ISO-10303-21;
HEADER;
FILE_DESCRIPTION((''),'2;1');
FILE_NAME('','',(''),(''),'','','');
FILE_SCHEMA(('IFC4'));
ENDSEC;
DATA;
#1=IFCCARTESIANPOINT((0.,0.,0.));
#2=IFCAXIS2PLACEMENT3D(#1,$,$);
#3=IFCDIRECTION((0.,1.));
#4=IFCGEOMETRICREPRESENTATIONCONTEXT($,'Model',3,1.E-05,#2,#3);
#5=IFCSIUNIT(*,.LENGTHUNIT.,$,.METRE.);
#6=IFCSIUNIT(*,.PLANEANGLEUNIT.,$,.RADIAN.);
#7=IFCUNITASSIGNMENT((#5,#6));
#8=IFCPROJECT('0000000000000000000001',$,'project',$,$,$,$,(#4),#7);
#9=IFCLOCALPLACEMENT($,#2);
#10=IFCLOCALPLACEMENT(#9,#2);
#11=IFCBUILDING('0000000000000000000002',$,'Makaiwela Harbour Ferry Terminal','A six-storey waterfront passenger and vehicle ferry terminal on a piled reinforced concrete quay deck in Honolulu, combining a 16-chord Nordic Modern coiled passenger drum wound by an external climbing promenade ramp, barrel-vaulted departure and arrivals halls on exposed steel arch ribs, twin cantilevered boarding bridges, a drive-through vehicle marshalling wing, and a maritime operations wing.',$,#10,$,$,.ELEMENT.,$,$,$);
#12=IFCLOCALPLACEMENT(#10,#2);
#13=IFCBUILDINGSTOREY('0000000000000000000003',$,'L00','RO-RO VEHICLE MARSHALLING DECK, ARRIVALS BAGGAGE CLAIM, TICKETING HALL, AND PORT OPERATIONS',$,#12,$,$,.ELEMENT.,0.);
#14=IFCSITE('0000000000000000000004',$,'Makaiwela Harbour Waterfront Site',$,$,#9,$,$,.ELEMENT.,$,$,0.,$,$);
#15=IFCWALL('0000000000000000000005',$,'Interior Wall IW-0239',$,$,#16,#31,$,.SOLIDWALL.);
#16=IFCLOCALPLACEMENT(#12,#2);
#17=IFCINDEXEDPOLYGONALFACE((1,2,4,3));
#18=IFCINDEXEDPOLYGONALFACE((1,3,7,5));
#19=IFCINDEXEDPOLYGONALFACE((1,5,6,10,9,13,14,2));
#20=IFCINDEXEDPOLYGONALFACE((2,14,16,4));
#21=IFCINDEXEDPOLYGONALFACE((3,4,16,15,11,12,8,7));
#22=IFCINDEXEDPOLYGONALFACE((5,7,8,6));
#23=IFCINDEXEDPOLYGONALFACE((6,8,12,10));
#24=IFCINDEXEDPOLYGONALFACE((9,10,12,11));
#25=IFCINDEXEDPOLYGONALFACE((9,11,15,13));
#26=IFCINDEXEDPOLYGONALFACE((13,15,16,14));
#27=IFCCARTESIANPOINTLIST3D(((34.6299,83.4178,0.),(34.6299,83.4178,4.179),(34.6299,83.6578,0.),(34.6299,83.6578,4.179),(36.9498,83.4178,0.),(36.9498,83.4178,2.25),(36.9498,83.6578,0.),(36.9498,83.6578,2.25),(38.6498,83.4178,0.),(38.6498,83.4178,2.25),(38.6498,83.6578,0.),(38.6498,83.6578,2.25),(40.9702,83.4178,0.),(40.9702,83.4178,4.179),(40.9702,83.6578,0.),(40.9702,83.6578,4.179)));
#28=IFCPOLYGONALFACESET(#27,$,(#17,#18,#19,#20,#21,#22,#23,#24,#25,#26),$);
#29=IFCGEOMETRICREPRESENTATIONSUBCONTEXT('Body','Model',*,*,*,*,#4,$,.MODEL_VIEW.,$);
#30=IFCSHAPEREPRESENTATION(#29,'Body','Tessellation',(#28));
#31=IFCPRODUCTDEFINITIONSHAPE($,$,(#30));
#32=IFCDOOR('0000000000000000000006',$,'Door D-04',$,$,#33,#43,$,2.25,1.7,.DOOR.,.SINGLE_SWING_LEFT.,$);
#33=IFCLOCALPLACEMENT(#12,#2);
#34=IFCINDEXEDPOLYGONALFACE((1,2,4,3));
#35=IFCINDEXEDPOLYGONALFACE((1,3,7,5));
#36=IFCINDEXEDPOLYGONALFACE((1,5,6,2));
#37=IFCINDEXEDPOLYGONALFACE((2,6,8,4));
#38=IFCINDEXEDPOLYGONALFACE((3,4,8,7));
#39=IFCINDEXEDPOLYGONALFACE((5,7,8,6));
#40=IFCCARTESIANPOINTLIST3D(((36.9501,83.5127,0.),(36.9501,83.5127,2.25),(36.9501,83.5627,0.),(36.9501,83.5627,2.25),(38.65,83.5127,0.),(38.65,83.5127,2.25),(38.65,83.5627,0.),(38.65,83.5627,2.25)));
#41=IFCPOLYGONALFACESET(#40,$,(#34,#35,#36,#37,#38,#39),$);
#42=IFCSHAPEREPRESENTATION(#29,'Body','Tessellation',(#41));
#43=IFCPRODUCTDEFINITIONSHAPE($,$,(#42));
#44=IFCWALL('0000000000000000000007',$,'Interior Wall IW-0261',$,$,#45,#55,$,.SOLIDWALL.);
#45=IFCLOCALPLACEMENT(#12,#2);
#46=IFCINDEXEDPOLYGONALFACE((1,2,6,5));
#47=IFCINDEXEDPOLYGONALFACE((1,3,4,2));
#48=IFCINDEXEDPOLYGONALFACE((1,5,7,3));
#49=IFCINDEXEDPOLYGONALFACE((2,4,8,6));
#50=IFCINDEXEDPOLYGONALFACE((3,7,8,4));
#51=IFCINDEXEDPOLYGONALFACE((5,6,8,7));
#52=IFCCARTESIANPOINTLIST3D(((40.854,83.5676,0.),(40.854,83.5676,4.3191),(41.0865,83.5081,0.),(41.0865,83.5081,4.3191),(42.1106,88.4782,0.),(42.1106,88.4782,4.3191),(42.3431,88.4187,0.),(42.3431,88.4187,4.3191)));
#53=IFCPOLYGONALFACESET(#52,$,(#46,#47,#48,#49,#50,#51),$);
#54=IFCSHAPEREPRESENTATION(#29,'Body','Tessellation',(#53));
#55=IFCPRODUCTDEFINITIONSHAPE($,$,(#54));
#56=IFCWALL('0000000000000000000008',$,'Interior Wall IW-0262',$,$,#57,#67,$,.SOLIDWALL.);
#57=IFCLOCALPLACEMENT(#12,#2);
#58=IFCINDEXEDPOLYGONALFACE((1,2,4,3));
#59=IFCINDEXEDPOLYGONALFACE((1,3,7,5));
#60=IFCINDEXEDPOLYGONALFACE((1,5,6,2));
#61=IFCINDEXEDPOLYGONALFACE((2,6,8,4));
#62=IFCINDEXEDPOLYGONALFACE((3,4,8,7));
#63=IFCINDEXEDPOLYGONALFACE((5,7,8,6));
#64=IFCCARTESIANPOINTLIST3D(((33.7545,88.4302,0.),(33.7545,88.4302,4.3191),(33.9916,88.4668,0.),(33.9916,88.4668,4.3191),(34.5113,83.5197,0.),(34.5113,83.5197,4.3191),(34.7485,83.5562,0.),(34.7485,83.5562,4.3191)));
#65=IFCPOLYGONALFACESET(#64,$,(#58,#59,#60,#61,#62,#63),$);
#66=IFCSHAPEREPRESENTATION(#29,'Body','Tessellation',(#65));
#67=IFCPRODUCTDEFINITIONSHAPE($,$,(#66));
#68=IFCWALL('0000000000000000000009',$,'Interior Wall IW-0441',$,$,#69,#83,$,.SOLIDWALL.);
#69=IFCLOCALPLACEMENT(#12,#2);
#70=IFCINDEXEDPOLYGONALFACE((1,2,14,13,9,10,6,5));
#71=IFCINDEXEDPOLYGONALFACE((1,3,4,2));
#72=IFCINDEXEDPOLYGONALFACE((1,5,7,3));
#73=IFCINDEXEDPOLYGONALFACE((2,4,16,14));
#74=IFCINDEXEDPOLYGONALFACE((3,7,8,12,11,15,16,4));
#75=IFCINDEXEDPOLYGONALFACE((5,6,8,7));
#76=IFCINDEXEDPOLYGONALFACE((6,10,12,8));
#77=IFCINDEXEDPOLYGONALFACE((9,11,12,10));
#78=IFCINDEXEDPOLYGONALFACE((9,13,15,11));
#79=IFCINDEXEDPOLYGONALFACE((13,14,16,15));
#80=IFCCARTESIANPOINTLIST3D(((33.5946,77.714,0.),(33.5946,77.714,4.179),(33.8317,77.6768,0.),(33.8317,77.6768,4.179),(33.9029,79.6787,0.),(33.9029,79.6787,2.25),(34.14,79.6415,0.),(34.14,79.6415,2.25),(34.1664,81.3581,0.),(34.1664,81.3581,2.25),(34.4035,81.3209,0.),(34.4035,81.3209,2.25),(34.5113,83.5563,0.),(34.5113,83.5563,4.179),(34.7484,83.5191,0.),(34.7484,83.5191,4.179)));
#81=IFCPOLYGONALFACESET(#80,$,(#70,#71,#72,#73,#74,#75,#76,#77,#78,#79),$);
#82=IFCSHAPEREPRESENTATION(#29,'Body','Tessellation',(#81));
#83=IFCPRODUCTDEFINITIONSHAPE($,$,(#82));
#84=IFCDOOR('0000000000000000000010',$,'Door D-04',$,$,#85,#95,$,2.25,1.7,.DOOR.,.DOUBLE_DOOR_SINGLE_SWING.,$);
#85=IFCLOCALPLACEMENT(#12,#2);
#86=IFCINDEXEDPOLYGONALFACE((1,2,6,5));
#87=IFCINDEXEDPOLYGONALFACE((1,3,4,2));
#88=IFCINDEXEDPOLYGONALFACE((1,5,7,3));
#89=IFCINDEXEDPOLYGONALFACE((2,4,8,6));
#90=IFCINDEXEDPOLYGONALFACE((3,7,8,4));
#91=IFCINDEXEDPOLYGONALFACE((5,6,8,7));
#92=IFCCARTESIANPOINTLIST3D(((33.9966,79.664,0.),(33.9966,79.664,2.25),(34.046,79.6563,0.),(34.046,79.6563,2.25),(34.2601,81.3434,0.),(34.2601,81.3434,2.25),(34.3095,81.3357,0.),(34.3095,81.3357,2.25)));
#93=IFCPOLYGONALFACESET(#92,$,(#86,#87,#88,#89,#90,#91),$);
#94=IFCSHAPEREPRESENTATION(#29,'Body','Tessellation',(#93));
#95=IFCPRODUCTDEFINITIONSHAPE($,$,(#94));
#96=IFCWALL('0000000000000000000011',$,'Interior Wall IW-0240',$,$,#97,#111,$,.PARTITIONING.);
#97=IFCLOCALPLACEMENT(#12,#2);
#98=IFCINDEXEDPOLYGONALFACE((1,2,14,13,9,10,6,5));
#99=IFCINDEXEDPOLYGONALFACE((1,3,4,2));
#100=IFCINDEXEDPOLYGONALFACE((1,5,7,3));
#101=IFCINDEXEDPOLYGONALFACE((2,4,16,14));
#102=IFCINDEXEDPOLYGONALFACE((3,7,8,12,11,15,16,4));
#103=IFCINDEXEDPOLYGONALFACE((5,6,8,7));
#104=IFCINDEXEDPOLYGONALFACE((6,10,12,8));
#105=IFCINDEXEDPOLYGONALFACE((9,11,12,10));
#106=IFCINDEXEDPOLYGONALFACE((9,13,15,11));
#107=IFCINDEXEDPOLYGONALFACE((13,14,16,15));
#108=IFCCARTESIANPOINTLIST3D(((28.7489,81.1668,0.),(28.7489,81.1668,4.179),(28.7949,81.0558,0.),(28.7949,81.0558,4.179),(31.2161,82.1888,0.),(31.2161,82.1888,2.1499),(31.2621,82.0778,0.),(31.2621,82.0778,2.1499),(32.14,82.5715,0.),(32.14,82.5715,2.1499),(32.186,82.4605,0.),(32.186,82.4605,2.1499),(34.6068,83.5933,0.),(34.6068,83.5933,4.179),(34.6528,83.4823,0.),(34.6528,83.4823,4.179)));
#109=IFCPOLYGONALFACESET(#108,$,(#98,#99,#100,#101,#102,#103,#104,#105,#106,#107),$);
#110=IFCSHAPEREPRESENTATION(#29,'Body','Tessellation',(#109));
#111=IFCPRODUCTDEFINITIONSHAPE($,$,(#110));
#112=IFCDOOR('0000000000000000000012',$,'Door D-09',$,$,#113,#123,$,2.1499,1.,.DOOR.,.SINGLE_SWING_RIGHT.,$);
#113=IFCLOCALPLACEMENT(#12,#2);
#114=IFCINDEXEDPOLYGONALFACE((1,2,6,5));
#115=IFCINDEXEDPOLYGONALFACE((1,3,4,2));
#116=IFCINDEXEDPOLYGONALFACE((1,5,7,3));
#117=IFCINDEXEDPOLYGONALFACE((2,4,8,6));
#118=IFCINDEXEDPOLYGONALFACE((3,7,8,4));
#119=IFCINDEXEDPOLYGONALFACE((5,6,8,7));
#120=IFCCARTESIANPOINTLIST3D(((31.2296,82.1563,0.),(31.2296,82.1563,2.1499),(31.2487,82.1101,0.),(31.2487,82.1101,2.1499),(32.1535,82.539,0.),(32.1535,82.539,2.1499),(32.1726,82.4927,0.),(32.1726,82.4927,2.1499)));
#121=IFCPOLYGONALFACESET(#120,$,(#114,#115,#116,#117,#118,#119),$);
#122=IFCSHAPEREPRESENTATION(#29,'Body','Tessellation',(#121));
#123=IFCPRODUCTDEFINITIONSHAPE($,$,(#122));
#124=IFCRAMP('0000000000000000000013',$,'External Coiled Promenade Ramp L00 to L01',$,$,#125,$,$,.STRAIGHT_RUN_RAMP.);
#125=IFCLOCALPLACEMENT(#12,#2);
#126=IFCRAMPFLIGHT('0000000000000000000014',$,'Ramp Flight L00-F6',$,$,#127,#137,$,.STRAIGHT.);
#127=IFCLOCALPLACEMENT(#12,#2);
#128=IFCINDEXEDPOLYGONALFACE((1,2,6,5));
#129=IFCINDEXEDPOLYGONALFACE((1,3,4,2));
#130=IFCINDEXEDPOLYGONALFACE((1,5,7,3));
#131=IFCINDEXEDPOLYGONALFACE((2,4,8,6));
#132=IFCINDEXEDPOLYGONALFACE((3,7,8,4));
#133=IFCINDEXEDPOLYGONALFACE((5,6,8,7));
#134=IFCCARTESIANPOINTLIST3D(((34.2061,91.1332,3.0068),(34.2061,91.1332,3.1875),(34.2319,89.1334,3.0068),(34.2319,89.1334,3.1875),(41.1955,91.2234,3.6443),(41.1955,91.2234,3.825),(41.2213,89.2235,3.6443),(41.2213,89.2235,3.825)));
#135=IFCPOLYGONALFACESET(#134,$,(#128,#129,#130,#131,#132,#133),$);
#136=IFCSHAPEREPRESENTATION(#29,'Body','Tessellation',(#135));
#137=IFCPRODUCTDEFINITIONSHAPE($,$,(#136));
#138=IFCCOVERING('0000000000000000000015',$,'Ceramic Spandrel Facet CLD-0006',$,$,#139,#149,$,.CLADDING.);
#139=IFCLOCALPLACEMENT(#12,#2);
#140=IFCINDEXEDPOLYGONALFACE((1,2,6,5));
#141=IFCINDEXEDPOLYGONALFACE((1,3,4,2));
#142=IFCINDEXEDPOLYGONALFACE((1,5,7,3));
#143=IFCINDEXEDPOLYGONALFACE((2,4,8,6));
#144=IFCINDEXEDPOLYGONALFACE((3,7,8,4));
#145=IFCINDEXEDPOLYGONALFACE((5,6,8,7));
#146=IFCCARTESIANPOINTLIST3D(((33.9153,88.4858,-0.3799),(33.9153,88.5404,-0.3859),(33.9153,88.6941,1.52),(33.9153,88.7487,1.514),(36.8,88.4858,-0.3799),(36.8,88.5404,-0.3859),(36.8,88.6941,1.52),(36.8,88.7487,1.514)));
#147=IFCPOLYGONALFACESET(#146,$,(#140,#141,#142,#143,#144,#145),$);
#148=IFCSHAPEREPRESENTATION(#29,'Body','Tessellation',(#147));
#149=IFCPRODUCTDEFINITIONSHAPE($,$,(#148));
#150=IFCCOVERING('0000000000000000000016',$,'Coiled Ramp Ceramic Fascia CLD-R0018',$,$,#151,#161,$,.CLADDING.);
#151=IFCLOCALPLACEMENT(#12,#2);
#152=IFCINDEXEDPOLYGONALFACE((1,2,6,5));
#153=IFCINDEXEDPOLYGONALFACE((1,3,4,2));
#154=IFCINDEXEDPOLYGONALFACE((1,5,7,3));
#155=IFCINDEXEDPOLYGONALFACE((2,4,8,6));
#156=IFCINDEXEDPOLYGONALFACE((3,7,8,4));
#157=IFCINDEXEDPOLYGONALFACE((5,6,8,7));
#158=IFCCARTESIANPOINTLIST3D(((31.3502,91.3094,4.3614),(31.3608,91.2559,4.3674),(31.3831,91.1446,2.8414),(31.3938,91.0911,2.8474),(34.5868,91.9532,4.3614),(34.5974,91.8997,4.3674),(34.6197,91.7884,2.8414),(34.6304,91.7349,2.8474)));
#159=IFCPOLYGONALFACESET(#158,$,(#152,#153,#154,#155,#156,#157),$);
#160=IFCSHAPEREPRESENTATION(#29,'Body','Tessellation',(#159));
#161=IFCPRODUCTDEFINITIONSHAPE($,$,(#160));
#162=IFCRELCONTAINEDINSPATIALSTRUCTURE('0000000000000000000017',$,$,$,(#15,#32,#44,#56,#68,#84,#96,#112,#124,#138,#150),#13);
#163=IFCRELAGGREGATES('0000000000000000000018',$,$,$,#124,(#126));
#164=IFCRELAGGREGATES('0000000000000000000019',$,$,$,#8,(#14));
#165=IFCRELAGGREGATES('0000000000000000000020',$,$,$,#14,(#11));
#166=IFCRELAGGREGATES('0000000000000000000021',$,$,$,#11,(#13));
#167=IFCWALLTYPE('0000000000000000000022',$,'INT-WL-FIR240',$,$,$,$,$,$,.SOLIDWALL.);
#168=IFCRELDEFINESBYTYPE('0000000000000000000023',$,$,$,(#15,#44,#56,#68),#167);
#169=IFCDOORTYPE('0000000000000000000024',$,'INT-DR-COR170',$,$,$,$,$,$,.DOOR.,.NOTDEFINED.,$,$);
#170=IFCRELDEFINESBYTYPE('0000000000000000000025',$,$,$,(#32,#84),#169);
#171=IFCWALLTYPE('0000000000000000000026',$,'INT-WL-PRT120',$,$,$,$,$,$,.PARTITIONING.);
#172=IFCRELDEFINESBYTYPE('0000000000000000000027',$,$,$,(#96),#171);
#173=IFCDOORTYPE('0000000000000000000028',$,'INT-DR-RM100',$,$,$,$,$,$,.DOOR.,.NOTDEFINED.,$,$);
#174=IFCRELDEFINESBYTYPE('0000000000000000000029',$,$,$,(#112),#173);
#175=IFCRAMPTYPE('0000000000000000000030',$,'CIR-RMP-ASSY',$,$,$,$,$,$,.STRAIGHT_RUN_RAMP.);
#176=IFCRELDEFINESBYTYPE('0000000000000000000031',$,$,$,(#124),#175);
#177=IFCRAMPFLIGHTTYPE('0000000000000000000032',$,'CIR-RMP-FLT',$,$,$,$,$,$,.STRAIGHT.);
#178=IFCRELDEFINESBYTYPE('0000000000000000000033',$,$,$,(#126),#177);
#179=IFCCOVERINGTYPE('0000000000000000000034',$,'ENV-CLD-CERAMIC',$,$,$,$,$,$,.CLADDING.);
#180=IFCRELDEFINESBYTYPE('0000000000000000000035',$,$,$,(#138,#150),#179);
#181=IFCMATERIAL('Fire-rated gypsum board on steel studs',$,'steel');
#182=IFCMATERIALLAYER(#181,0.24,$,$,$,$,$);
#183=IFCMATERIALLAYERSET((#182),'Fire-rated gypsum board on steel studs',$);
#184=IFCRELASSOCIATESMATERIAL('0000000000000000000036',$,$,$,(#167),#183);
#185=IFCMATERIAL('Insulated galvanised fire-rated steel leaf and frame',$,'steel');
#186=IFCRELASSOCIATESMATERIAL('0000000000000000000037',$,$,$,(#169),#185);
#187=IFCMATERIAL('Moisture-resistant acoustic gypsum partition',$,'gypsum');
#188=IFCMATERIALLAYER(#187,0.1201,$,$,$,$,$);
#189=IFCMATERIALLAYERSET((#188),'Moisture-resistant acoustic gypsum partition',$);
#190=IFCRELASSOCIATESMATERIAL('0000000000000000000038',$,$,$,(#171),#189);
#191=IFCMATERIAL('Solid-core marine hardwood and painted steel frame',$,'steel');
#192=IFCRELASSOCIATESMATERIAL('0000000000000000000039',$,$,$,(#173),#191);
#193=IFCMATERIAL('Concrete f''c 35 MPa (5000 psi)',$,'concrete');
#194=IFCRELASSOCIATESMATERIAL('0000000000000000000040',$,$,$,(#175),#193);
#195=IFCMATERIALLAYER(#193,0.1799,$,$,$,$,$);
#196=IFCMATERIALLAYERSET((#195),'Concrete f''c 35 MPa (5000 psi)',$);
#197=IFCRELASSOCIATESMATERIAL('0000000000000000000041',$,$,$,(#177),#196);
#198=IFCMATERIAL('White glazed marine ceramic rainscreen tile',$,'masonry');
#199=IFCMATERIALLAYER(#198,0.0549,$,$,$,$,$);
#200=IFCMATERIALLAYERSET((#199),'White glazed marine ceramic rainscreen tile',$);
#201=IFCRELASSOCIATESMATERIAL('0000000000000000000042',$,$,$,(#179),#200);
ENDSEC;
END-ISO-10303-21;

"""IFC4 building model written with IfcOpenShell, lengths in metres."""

from ifc_helpers import new_model, si_unit, direction, frame, frame_2d, origin, place, context, subcontext, project, spatial, polyline, rectangle, outline, extrude, material, layer, layer_set, type_object, element, fill, aggregate, save


model = new_model("IFC4")

# Units and contexts
model_context = context("Model", 3, precision=1e-05, world=origin(), true_north=direction((0.0, 1.0)))
body_context = subcontext(model_context, "Body", "Model", "MODEL_VIEW")
ifc_project = project(units=[si_unit("LENGTHUNIT", "METRE"), si_unit("PLANEANGLEUNIT", "RADIAN")], contexts=[model_context])

# Site, building, storey
site_placement = place(None, origin())
site = spatial("IfcSite", under=ifc_project, at=site_placement, Name="Makaiwela Harbour Waterfront Site", CompositionType="ELEMENT", RefElevation=0.0)
building_placement = place(site_placement, origin())
building = spatial("IfcBuilding", under=site, at=building_placement, Name="Makaiwela Harbour Ferry Terminal", Description="A six-storey waterfront passenger and vehicle ferry terminal on a piled reinforced concrete quay deck in Honolulu, combining a 16-chord Nordic Modern coiled passenger drum wound by an external climbing promenade ramp, barrel-vaulted departure and arrivals halls on exposed steel arch ribs, twin cantilevered boarding bridges, a drive-through vehicle marshalling wing, and a maritime operations wing.", CompositionType="ELEMENT")
storey_placement = place(building_placement, origin())
storey = spatial("IfcBuildingStorey", under=building, at=storey_placement, Name="L00", Description="RO-RO VEHICLE MARSHALLING DECK, ARRIVALS BAGGAGE CLAIM, TICKETING HALL, AND PORT OPERATIONS", CompositionType="ELEMENT", Elevation=0.0)

# Wall, opening, door
ifc_material_1 = material(Name="Fire-rated gypsum board on steel studs", Category="steel")
ifc_layer_1 = layer(ifc_material_1, 0.24)
ifc_layer_set_1 = layer_set([ifc_layer_1], Name="Fire-rated gypsum board on steel studs")
wall_type_1 = type_object("IfcWallType", Name="INT-WL-FIR240", PredefinedType="SOLIDWALL", material=ifc_layer_set_1)
wall_1_placement = place(storey_placement, frame((40.9702, 83.5378, 0.0), z_axis=(0.0, 0.0, 1.0), x_axis=(-1.0, 0.0, 0.0)))
wall_1 = element("IfcWall", 1, at=wall_1_placement, inside=storey, type_object=wall_type_1, Name="Interior Wall IW-0239", PredefinedType="SOLIDWALL", context=body_context, shape_type="SweptSolid", body=[
    extrude(rectangle(XDim=6.3403, YDim=0.24, at=frame_2d((3.1702, 0.0))), origin(), (0.0, 0.0, 1.0), 4.179),
])
opening_1_placement = place(wall_1_placement, frame((2.3203, 0.0, 0.0)))
opening_1 = element("IfcOpeningElement", 2, at=opening_1_placement, cuts=wall_1, PredefinedType="OPENING", context=body_context, shape_type="SweptSolid", body=[
    extrude(rectangle(XDim=1.7, YDim=2.25, at=frame_2d((0.8501, 1.125))), frame((0.0, 0.1299, 0.0), z_axis=(0.0, -1.0, 0.0), x_axis=(1.0, 0.0, 0.0)), (0.0, 0.0, 1.0), 0.26),
])
ifc_material_2 = material(Name="Insulated galvanised fire-rated steel leaf and frame", Category="steel")
door_type_1 = type_object("IfcDoorType", Name="INT-DR-COR170", OperationType="NOTDEFINED", PredefinedType="DOOR", material=ifc_material_2)
door_1_placement = place(opening_1_placement, frame((1.7, 0.0, 0.0), z_axis=(0.0, 0.0, 1.0), x_axis=(-1.0, 0.0, 0.0)))
door_1 = element("IfcDoor", 3, at=door_1_placement, inside=storey, type_object=door_type_1, Name="Door D-04", OperationType="SINGLE_SWING_LEFT", OverallHeight=2.25, OverallWidth=1.7, PredefinedType="DOOR", context=body_context, shape_type="SweptSolid", body=[
    extrude(rectangle(XDim=1.7, YDim=2.25, at=frame_2d((0.8501, 1.125))), frame((0.0, 0.0249, 0.0), z_axis=(0.0, -1.0, 0.0), x_axis=(1.0, 0.0, 0.0)), (0.0, 0.0, 1.0), 0.05),
])
fill(opening_1, door_1)

# Walls
wall_2_placement = place(storey_placement, frame((40.9702, 83.5378, 0.0), z_axis=(0.0, 0.0, 1.0), x_axis=(0.247904, 0.968785, 0.0)))
element("IfcWall", 4, at=wall_2_placement, inside=storey, type_object=wall_type_1, Name="Interior Wall IW-0261", PredefinedType="SOLIDWALL", context=body_context, shape_type="SweptSolid", body=[
    extrude(rectangle(XDim=5.0688, YDim=0.24, at=frame_2d((2.5344, 0.0))), origin(), (0.0, 0.0, 1.0), 4.3191),
])
wall_3_placement = place(storey_placement, frame((34.6299, 83.5378, 0.0), z_axis=(0.0, 0.0, 1.0), x_axis=(-0.152323, 0.988331, 0.0)))
element("IfcWall", 5, at=wall_3_placement, inside=storey, type_object=wall_type_1, Name="Interior Wall IW-0262", PredefinedType="SOLIDWALL", context=body_context, shape_type="SweptSolid", body=[
    extrude(rectangle(XDim=4.9685, YDim=0.24, at=frame_2d((2.4844, 0.0))), origin(), (0.0, 0.0, 1.0), 4.3191),
])

# Walls, openings, doors
wall_4_placement = place(storey_placement, frame((34.6299, 83.5378, 0.0), z_axis=(0.0, 0.0, 1.0), x_axis=(-0.155019, -0.987911, 0.0)))
wall_4 = element("IfcWall", 6, at=wall_4_placement, inside=storey, type_object=wall_type_1, Name="Interior Wall IW-0441", PredefinedType="SOLIDWALL", context=body_context, shape_type="SweptSolid", body=[
    extrude(rectangle(XDim=5.9138, YDim=0.24, at=frame_2d((2.957, 0.0))), origin(), (0.0, 0.0, 1.0), 4.179),
])
opening_2_placement = place(wall_4_placement, frame((2.2251, 0.0, 0.0)))
opening_2 = element("IfcOpeningElement", 7, at=opening_2_placement, cuts=wall_4, PredefinedType="OPENING", context=body_context, shape_type="SweptSolid", body=[
    extrude(rectangle(XDim=1.7, YDim=2.25, at=frame_2d((0.8501, 1.125))), frame((0.0, 0.1299, 0.0), z_axis=(0.0, -1.0, 0.0), x_axis=(1.0, 0.0, 0.0)), (0.0, 0.0, 1.0), 0.26),
])
door_2_placement = place(opening_2_placement, origin())
door_2 = element("IfcDoor", 8, at=door_2_placement, inside=storey, type_object=door_type_1, Name="Door D-04", OperationType="DOUBLE_DOOR_SINGLE_SWING", OverallHeight=2.25, OverallWidth=1.7, PredefinedType="DOOR", context=body_context, shape_type="SweptSolid", body=[
    extrude(rectangle(XDim=1.7, YDim=2.25, at=frame_2d((0.8501, 1.125))), frame((0.0, 0.0249, 0.0), z_axis=(0.0, -1.0, 0.0), x_axis=(1.0, 0.0, 0.0)), (0.0, 0.0, 1.0), 0.05),
])
fill(opening_2, door_2)
ifc_material_3 = material(Name="Moisture-resistant acoustic gypsum partition", Category="gypsum")
ifc_layer_2 = layer(ifc_material_3, 0.1201)
ifc_layer_set_2 = layer_set([ifc_layer_2], Name="Moisture-resistant acoustic gypsum partition")
wall_type_2 = type_object("IfcWallType", Name="INT-WL-PRT120", PredefinedType="PARTITIONING", material=ifc_layer_set_2)
wall_5_placement = place(storey_placement, frame((34.6299, 83.5378, 0.0), z_axis=(0.0, 0.0, 1.0), x_axis=(-0.923875, -0.382695, 0.0)))
wall_5 = element("IfcWall", 9, at=wall_5_placement, inside=storey, type_object=wall_type_2, Name="Interior Wall IW-0240", PredefinedType="PARTITIONING", context=body_context, shape_type="SweptSolid", body=[
    extrude(rectangle(XDim=6.3406, YDim=0.1201, at=frame_2d((3.1704, 0.0))), origin(), (0.0, 0.0, 1.0), 4.179),
])
opening_3_placement = place(wall_5_placement, frame((2.6702, 0.0, 0.0)))
opening_3 = element("IfcOpeningElement", 10, at=opening_3_placement, cuts=wall_5, PredefinedType="OPENING", context=body_context, shape_type="SweptSolid", body=[
    extrude(rectangle(XDim=1.0, YDim=2.1499, at=frame_2d((0.5, 1.075))), frame((0.0, 0.0701, 0.0), z_axis=(0.0, -1.0, 0.0), x_axis=(1.0, 0.0, 0.0)), (0.0, 0.0, 1.0), 0.1401),
])
ifc_material_4 = material(Name="Solid-core marine hardwood and painted steel frame", Category="steel")
door_type_2 = type_object("IfcDoorType", Name="INT-DR-RM100", OperationType="NOTDEFINED", PredefinedType="DOOR", material=ifc_material_4)
door_3_placement = place(opening_3_placement, frame((1.0, 0.0, 0.0), z_axis=(0.0, 0.0, 1.0), x_axis=(-1.0, 0.0, 0.0)))
door_3 = element("IfcDoor", 11, at=door_3_placement, inside=storey, type_object=door_type_2, Name="Door D-09", OperationType="SINGLE_SWING_RIGHT", OverallHeight=2.1499, OverallWidth=1.0, PredefinedType="DOOR", context=body_context, shape_type="SweptSolid", body=[
    extrude(rectangle(XDim=1.0, YDim=2.1499, at=frame_2d((0.5, 1.075))), frame((0.0, 0.0249, 0.0), z_axis=(0.0, -1.0, 0.0), x_axis=(1.0, 0.0, 0.0)), (0.0, 0.0, 1.0), 0.05),
])
fill(opening_3, door_3)

# Ramp, ramp flight
ifc_material_5 = material(Name="Concrete f'c 35 MPa (5000 psi)", Category="concrete")
ramp_type = type_object("IfcRampType", Name="CIR-RMP-ASSY", PredefinedType="STRAIGHT_RUN_RAMP", material=ifc_material_5)
ramp_placement = place(storey_placement, origin())
ramp = element("IfcRamp", 12, at=ramp_placement, inside=storey, type_object=ramp_type, Name="External Coiled Promenade Ramp L00 to L01", PredefinedType="STRAIGHT_RUN_RAMP")
ifc_layer_3 = layer(ifc_material_5, 0.1799)
ifc_layer_set_3 = layer_set([ifc_layer_3], Name="Concrete f'c 35 MPa (5000 psi)")
ramp_flight_type = type_object("IfcRampFlightType", Name="CIR-RMP-FLT", PredefinedType="STRAIGHT", material=ifc_layer_set_3)
ramp_flight_placement = place(storey_placement, frame((34.219, 90.1333, 3.1875), z_axis=(0.0, 0.0, 1.0), x_axis=(0.999917, 0.012898, 0.0)))
ramp_flight = element("IfcRampFlight", 13, at=ramp_flight_placement, type_object=ramp_flight_type, Name="Ramp Flight L00-F6", PredefinedType="STRAIGHT", context=body_context, shape_type="SweptSolid", body=[
    extrude(outline(polyline([(0.0, 0.0), (6.99, 0.6375), (6.99, 0.4568), (0.0, -0.1807), (0.0, 0.0)])), frame((0.0, 1.0, 0.0), z_axis=(0.0, -1.0, 0.0), x_axis=(1.0, 0.0, 0.0)), (0.0, 0.0, 1.0), 2.0),
])
aggregate(ramp, [ramp_flight])

# Coverings
ifc_material_6 = material(Name="White glazed marine ceramic rainscreen tile", Category="masonry")
ifc_layer_4 = layer(ifc_material_6, 0.0549)
ifc_layer_set_4 = layer_set([ifc_layer_4], Name="White glazed marine ceramic rainscreen tile")
covering_type = type_object("IfcCoveringType", Name="ENV-CLD-CERAMIC", PredefinedType="CLADDING", material=ifc_layer_set_4)
covering_1_placement = place(storey_placement, frame((36.8, 88.4858, -0.3799), z_axis=(0.0, -0.994046, 0.108959), x_axis=(-1.0, 0.0, 0.0)))
element("IfcCovering", 14, at=covering_1_placement, inside=storey, type_object=covering_type, Name="Ceramic Spandrel Facet CLD-0006", PredefinedType="CLADDING", context=body_context, shape_type="SweptSolid", body=[
    extrude(outline(polyline([(0.0, 0.0), (2.8848, 0.0), (2.8848, -1.9113), (0.0, -1.9113), (0.0, 0.0)])), origin(), (0.0, 0.0, -1.0), 0.0549),
])
covering_2_placement = place(storey_placement, frame((34.6304, 91.7349, 2.8474), z_axis=(0.19391, -0.974845, 0.109894), x_axis=(-0.980785, -0.195092, 0.0)))
element("IfcCovering", 15, at=covering_2_placement, inside=storey, type_object=covering_type, Name="Coiled Ramp Ceramic Fascia CLD-R0018", PredefinedType="CLADDING", context=body_context, shape_type="SweptSolid", body=[
    extrude(outline(polyline([(0.0, 0.0), (3.3, 0.0), (3.3002, -1.5293), (0.0002, -1.5293), (0.0, 0.0)])), origin(), (0.0, 0.0, -1.0), 0.0549),
])

save(model, "model.ifc")
